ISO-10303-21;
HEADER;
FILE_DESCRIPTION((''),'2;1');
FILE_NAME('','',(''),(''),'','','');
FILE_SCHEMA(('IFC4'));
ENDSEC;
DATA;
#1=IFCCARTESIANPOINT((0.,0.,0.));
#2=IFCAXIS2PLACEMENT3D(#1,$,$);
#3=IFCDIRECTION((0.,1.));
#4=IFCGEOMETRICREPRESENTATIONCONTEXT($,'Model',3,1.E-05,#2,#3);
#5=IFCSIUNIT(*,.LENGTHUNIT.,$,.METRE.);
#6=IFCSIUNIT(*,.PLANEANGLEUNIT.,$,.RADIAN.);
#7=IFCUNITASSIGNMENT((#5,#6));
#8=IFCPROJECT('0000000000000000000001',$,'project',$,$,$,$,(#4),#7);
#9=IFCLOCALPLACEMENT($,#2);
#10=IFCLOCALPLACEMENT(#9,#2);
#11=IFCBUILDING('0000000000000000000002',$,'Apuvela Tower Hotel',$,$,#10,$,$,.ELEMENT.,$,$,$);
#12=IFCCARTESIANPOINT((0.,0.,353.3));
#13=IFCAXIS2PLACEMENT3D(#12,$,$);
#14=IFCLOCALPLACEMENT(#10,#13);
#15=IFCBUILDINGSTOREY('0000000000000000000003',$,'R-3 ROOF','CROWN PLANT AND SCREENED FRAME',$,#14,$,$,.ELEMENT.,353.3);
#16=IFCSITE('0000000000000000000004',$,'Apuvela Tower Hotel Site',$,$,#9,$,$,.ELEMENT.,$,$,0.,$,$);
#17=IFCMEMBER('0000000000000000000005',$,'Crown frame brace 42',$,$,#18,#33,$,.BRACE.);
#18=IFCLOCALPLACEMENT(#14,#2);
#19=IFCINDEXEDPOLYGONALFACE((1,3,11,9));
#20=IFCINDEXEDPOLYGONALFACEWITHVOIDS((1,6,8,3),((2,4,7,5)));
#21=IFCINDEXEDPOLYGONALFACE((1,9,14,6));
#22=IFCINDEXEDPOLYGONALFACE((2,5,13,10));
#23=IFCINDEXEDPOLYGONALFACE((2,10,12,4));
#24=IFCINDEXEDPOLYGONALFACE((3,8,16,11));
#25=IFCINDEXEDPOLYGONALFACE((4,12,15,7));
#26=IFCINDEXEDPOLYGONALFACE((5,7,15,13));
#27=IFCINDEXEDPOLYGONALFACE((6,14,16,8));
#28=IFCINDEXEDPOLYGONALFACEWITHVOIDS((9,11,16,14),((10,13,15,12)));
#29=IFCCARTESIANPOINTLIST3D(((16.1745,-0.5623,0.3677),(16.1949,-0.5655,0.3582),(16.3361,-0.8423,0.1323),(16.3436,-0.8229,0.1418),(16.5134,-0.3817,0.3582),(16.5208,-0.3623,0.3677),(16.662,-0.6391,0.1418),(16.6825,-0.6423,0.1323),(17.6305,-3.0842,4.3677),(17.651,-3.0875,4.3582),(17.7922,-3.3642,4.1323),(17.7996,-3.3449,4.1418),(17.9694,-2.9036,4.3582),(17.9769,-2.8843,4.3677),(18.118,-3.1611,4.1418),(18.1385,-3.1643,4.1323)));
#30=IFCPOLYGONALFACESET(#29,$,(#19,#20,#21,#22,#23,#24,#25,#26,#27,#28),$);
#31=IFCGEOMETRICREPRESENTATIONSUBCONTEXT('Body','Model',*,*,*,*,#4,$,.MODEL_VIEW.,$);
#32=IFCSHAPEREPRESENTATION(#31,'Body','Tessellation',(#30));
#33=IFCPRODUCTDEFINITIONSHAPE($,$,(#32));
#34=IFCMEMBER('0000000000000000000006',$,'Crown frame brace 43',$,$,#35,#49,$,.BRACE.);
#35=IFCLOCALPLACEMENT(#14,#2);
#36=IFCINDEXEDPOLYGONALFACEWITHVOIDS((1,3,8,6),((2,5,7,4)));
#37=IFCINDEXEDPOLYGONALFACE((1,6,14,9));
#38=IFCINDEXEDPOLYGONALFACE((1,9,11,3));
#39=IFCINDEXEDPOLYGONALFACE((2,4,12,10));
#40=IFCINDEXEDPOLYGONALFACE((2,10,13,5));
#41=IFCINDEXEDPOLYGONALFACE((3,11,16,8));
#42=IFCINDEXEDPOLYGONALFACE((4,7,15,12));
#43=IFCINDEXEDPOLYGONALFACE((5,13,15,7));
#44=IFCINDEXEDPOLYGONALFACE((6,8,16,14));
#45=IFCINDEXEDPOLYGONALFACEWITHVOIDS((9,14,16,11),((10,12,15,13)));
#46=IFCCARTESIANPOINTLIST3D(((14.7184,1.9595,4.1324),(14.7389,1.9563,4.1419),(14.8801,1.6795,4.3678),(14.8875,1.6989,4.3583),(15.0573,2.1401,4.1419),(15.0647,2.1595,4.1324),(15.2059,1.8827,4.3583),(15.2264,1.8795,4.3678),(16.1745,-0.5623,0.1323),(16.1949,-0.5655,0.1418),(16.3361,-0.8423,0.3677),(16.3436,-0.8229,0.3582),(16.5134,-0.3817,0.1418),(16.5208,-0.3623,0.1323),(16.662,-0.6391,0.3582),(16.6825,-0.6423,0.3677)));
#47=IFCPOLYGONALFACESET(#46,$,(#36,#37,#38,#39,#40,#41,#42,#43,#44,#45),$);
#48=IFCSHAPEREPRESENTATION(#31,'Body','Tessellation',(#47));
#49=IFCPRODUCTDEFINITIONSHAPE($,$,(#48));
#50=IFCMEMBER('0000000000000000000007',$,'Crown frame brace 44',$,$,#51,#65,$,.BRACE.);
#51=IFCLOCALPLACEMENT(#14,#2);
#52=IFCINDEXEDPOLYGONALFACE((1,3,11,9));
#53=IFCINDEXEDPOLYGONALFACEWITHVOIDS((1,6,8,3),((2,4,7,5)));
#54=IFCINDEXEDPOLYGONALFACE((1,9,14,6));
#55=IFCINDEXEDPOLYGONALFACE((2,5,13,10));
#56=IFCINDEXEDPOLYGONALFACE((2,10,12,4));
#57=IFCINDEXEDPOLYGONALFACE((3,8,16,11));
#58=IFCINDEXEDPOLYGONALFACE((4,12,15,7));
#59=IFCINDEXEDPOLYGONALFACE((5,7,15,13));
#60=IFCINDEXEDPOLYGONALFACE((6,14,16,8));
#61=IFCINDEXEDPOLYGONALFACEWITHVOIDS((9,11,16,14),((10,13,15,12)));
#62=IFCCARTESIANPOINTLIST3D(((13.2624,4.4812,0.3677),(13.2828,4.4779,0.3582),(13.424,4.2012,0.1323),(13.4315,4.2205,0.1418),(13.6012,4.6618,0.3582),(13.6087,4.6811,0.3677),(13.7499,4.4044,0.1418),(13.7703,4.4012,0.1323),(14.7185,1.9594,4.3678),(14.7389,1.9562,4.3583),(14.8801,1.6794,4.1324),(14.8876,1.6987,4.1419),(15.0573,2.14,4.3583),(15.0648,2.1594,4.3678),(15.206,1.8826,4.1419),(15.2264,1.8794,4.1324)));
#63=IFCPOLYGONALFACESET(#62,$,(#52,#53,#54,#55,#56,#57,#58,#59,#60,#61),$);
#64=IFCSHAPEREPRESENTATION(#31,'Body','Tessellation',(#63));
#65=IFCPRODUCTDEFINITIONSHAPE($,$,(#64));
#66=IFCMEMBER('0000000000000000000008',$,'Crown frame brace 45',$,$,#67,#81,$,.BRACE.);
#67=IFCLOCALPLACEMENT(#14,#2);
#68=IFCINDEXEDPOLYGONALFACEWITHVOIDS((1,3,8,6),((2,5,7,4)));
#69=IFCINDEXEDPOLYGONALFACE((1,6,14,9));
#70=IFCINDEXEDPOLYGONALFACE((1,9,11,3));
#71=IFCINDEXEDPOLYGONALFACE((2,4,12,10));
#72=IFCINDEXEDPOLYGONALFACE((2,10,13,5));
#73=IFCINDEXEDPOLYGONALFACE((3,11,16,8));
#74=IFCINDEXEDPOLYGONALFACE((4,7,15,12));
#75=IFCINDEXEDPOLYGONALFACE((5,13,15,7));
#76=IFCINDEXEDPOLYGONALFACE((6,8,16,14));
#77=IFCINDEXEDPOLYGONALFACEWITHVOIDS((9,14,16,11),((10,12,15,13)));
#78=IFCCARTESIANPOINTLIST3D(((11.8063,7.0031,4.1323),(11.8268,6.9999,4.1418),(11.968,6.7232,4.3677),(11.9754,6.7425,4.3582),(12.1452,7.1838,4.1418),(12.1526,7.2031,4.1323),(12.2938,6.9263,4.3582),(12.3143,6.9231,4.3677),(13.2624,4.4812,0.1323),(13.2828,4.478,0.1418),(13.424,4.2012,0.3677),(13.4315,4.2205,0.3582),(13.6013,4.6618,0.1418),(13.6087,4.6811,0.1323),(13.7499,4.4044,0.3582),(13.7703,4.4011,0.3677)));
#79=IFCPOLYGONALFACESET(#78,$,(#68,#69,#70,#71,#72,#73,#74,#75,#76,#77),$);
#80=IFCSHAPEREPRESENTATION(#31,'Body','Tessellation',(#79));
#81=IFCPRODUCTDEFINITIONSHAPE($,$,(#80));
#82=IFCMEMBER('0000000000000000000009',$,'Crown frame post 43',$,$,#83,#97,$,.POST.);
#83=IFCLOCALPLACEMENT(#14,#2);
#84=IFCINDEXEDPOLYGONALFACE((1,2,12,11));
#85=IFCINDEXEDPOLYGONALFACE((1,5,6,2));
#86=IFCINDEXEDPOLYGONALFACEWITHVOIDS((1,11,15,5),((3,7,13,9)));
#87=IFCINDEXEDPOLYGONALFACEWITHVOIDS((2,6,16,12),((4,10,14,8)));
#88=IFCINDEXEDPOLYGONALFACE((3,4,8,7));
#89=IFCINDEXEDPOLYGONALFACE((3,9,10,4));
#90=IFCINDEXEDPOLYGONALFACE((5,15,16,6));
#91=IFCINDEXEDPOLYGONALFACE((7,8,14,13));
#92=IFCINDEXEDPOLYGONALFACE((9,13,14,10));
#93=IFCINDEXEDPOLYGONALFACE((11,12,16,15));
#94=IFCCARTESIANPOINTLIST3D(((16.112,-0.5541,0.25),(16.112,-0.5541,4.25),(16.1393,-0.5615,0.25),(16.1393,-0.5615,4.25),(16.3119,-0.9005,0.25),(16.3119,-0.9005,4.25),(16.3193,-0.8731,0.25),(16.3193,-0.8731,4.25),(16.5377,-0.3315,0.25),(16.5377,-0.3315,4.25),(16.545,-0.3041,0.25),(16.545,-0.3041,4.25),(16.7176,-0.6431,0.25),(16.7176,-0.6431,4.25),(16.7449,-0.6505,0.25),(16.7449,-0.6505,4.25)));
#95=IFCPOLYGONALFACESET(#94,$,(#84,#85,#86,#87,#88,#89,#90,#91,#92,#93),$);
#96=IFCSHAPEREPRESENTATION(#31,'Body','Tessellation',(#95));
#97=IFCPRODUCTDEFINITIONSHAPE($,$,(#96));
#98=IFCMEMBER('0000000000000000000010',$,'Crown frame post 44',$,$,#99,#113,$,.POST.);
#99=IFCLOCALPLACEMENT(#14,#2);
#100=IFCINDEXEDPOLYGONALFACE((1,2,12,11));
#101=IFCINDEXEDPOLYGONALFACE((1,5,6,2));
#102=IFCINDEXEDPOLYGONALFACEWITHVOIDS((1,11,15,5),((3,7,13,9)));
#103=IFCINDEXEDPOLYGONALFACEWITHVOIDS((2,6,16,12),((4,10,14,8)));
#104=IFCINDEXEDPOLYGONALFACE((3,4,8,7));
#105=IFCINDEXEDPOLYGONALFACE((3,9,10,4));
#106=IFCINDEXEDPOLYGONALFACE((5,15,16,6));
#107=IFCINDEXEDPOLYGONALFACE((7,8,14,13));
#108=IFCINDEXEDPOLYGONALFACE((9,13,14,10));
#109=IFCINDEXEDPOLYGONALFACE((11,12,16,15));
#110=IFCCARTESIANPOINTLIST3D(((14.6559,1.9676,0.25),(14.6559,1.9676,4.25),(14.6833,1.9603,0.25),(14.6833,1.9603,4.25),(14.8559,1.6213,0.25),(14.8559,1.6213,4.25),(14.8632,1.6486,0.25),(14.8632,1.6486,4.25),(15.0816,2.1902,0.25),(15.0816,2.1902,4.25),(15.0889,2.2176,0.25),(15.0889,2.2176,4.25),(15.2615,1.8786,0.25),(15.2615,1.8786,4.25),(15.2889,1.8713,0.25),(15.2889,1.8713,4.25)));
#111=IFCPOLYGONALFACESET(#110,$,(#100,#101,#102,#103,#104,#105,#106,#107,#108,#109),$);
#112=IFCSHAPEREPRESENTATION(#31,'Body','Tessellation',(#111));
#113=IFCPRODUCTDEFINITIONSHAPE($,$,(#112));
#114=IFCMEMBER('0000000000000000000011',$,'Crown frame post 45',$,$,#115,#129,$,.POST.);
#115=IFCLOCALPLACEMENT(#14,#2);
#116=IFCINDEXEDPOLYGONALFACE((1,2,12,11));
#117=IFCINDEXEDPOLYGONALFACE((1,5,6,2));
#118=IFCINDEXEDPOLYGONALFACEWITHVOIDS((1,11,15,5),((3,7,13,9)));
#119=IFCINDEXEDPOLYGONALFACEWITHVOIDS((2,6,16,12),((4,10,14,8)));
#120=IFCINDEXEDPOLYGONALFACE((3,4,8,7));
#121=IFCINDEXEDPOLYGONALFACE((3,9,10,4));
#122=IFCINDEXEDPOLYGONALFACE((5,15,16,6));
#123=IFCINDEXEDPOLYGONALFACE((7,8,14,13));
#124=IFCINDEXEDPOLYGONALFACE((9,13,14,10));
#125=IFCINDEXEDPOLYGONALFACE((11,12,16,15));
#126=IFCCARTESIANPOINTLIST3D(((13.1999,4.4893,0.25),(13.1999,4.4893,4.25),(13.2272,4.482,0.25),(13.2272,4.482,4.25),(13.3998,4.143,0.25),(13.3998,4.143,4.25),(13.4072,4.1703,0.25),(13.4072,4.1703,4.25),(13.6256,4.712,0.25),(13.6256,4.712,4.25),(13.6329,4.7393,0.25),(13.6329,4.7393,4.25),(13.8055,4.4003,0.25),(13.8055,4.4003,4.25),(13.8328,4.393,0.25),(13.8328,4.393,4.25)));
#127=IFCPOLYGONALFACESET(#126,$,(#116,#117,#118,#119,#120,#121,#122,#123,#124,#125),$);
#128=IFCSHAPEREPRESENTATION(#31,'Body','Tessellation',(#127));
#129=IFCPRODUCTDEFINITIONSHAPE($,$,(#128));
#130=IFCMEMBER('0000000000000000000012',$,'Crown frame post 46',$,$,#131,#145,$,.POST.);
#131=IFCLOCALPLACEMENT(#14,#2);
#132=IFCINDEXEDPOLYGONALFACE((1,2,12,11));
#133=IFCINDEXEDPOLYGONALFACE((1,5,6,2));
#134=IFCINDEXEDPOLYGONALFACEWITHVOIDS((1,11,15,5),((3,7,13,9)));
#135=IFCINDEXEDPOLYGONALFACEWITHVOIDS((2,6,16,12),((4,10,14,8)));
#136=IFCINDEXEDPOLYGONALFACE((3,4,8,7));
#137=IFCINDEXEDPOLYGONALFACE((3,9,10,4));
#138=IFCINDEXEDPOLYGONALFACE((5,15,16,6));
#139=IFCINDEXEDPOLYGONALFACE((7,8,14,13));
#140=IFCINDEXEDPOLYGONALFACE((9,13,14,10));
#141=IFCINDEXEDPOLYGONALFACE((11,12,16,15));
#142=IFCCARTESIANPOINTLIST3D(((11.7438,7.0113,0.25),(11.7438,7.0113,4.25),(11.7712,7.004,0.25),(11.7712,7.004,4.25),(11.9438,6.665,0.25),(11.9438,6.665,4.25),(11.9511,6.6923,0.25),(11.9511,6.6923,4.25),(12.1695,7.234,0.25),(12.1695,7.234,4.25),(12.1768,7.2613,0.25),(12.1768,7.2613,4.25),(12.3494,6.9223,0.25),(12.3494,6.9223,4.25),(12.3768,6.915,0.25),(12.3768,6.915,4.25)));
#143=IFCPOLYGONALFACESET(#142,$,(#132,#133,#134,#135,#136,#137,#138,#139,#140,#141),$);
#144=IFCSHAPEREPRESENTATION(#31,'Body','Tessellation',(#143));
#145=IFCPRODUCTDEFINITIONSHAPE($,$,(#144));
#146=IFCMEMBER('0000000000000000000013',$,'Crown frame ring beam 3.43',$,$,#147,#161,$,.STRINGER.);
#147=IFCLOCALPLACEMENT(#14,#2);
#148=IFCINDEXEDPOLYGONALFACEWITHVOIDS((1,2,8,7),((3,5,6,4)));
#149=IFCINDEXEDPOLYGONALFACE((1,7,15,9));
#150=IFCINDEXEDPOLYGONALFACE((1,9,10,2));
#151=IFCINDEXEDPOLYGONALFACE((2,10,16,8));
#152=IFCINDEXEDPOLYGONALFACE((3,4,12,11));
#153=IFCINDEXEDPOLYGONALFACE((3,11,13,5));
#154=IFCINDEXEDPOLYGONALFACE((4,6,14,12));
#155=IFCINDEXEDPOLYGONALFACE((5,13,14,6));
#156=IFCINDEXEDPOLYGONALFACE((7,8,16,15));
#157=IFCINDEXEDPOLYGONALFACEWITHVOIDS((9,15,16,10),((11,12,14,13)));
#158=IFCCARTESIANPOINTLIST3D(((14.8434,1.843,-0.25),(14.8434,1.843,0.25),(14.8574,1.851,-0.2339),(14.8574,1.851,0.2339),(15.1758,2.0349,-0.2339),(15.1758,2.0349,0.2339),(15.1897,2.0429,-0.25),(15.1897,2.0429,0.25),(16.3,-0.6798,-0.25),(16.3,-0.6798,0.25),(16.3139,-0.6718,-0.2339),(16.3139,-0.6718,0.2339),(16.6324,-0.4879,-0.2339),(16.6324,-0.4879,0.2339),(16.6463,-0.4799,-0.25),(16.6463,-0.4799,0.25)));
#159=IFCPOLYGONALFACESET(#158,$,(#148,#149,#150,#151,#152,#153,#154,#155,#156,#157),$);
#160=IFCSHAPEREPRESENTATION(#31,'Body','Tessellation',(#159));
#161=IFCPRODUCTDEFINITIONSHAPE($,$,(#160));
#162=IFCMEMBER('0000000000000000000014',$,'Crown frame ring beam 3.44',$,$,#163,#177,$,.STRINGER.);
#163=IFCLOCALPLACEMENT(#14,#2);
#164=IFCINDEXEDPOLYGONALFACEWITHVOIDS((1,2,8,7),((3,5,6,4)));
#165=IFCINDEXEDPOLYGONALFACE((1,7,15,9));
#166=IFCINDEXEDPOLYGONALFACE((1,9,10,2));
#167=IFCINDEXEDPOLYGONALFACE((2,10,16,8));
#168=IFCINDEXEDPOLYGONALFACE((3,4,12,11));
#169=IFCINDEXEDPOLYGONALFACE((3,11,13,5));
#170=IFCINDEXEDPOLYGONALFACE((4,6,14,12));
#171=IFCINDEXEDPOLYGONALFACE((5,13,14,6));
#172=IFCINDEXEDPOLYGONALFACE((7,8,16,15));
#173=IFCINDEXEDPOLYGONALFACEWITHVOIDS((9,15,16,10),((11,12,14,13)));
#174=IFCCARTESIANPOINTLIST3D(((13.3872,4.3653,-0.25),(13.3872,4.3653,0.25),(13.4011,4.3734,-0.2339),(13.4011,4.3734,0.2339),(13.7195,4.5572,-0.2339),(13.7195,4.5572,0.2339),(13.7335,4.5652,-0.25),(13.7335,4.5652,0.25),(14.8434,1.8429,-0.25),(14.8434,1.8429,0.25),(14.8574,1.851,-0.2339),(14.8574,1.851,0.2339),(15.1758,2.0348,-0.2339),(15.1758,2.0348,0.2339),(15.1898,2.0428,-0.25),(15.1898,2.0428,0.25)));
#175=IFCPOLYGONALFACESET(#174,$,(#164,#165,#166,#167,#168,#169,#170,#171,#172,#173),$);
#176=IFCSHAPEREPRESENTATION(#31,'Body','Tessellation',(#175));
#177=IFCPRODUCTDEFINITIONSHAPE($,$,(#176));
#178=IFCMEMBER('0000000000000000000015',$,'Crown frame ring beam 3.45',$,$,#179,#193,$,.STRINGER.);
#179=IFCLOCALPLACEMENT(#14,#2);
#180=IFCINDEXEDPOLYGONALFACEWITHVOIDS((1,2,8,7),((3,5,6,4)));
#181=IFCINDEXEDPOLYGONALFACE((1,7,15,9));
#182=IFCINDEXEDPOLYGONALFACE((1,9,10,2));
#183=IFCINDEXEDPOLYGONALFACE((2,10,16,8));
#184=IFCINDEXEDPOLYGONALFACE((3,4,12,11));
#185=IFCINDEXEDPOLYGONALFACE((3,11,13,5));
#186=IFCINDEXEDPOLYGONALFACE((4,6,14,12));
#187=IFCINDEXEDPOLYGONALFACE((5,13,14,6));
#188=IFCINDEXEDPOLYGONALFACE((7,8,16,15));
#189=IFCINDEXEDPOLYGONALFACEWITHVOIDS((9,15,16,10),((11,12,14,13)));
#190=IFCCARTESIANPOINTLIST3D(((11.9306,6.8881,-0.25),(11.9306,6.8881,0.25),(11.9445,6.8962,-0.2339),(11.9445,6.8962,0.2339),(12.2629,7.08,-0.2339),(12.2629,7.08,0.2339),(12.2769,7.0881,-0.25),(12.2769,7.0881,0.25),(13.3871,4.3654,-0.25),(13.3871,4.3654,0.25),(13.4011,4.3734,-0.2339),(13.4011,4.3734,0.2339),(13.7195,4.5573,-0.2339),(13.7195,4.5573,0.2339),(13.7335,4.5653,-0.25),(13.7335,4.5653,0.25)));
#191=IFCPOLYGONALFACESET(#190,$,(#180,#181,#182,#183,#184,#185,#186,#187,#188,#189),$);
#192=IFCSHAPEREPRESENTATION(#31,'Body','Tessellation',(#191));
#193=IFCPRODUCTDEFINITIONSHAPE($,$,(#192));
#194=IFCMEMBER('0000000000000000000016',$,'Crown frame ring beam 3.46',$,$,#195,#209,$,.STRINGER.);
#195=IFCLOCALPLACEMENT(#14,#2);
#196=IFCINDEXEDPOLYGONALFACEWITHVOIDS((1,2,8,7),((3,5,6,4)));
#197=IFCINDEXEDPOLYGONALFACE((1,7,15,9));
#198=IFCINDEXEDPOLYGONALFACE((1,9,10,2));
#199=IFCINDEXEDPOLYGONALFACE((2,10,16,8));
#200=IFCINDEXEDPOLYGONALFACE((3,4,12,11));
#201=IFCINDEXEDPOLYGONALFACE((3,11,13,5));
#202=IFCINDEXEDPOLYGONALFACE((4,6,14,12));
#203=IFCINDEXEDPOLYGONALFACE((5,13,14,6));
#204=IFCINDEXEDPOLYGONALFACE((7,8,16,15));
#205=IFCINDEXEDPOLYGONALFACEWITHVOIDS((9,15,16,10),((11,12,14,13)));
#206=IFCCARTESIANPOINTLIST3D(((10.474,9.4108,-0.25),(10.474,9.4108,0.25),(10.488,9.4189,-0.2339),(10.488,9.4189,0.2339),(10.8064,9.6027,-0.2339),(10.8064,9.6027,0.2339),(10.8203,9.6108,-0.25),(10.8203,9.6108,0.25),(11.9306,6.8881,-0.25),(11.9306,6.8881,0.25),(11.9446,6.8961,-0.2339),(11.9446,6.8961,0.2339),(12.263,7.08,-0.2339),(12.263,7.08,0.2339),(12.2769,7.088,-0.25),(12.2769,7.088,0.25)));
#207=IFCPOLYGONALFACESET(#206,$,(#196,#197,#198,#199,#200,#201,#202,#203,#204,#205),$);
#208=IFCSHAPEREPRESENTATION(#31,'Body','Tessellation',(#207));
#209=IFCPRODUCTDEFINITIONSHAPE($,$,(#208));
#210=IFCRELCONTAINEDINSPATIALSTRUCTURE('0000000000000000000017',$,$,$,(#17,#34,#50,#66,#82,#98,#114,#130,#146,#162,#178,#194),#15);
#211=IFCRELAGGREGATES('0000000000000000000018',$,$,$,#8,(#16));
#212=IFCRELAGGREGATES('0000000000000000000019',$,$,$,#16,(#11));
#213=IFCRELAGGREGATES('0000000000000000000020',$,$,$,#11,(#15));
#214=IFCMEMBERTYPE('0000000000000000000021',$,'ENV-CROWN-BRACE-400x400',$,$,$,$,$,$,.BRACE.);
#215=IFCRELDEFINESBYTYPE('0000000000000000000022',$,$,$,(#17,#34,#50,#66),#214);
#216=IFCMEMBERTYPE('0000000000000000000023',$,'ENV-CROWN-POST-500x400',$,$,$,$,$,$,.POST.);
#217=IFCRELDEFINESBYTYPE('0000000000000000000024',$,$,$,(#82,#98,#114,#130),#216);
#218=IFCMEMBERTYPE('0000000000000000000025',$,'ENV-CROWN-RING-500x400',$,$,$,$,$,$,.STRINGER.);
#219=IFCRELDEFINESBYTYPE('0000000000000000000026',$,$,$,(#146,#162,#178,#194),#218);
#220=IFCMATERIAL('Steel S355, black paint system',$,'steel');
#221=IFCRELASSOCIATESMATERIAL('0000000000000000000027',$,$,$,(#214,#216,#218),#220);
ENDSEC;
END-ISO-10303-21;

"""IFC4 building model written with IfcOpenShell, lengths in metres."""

from ifc_helpers import new_model, si_unit, direction, frame, origin, origin_2d, place, context, subcontext, project, spatial, hollow_rectangle, extrude, material, material_profile, profile_set, type_object, element, save


model = new_model("IFC4")

# Units and contexts
model_context = context("Model", 3, precision=1e-05, world=origin(), true_north=direction((0.0, 1.0)))
body_context = subcontext(model_context, "Body", "Model", "MODEL_VIEW")
ifc_project = project(units=[si_unit("LENGTHUNIT", "METRE"), si_unit("PLANEANGLEUNIT", "RADIAN")], contexts=[model_context])

# Site, building, storey
site_placement = place(None, origin())
site = spatial("IfcSite", under=ifc_project, at=site_placement, Name="Apuvela Tower Hotel Site", CompositionType="ELEMENT", RefElevation=0.0)
building_placement = place(site_placement, origin())
building = spatial("IfcBuilding", under=site, at=building_placement, Name="Apuvela Tower Hotel", CompositionType="ELEMENT")
storey_placement = place(building_placement, frame((0.0, 0.0, 353.3)))
storey = spatial("IfcBuildingStorey", under=building, at=storey_placement, Name="R-3 ROOF", Description="CROWN PLANT AND SCREENED FRAME", CompositionType="ELEMENT", Elevation=353.3)

# Members
ifc_material_1 = material(Name="Steel S355, black paint system", Category="steel")
ifc_material_profile_1 = material_profile(ifc_material_1, hollow_rectangle(XDim=0.3999, YDim=0.3999, WallThickness=0.0161, at=origin_2d()), Name="HSS 400x400x16")
ifc_profile_set_1 = profile_set([ifc_material_profile_1], Name="Steel S355, black paint system")
member_type_1 = type_object("IfcMemberType", Name="ENV-CROWN-BRACE-400x400", PredefinedType="BRACE", material=ifc_profile_set_1)
for number, where, z_axis, x_axis, name in (
    (1, (16.4285, -0.6023, 0.25), (0.294285, -0.509719, 0.808445), (0.866026, 0.499998, 0.0), "Crown frame brace 42"),
    (2, (16.4285, -0.6023, 0.25), (-0.294292, 0.509682, 0.808465), (-0.866005, -0.500035, 0.0), "Crown frame brace 43"),
    (3, (13.5164, 4.4412, 0.25), (0.294292, -0.509682, 0.808465), (0.866005, 0.500035, 0.0), "Crown frame brace 44"),
    (4, (13.5164, 4.4412, 0.25), (-0.294285, 0.509719, 0.808445), (-0.866026, -0.499998, 0.0), "Crown frame brace 45"),
):
    element("IfcMember", number, at=place(storey_placement, frame(where, z_axis=z_axis, x_axis=x_axis)), inside=storey, type_object=member_type_1, Name=name, PredefinedType="BRACE", context=body_context, shape_type="SweptSolid", body=[
        extrude(hollow_rectangle(XDim=0.3999, YDim=0.3999, WallThickness=0.0161, at=origin_2d()), origin(), (0.0, 0.0, 1.0), 4.9478),
    ])
ifc_material_profile_2 = material_profile(ifc_material_1, hollow_rectangle(XDim=0.3999, YDim=0.5, WallThickness=0.02, at=origin_2d()), Name="HSS 500x400x20")
ifc_profile_set_2 = profile_set([ifc_material_profile_2], Name="Steel S355, black paint system")
member_type_2 = type_object("IfcMemberType", Name="ENV-CROWN-POST-500x400", PredefinedType="POST", material=ifc_profile_set_2)
for number, where, z_axis, x_axis, name in (
    (5, (16.4285, -0.6023, 0.25), (0.0, 0.0, 1.0), (-0.5, 0.866025, 0.0), "Crown frame post 43"),
    (6, (14.9724, 1.9194, 0.25), (0.0, 0.0, 1.0), (-0.5, 0.866025, 0.0), "Crown frame post 44"),
    (7, (13.5164, 4.4412, 0.25), (0.0, 0.0, 1.0), (-0.5, 0.866025, 0.0), "Crown frame post 45"),
    (8, (12.0603, 6.9631, 0.25), (0.0, 0.0, 1.0), (-0.5, 0.866025, 0.0), "Crown frame post 46"),
):
    element("IfcMember", number, at=place(storey_placement, frame(where, z_axis=z_axis, x_axis=x_axis)), inside=storey, type_object=member_type_2, Name=name, PredefinedType="POST", context=body_context, shape_type="SweptSolid", body=[
        extrude(hollow_rectangle(XDim=0.3999, YDim=0.5, WallThickness=0.02, at=origin_2d()), origin(), (0.0, 0.0, 1.0), 4.0),
    ])
ifc_material_profile_3 = material_profile(ifc_material_1, hollow_rectangle(XDim=0.3999, YDim=0.5, WallThickness=0.0161, at=origin_2d()), Name="HSS 500x400x16")
ifc_profile_set_3 = profile_set([ifc_material_profile_3], Name="Steel S355, black paint system")
member_type_3 = type_object("IfcMemberType", Name="ENV-CROWN-RING-500x400", PredefinedType="STRINGER", material=ifc_profile_set_3)
member_1_placement = place(storey_placement, frame((16.4731, -0.5798, 0.0), z_axis=(-0.500015, 0.866017, 0.0), x_axis=(-0.866017, -0.500015, 0.0)))
element("IfcMember", 9, at=member_1_placement, inside=storey, type_object=member_type_3, Name="Crown frame ring beam 3.43", PredefinedType="STRINGER", context=body_context, shape_type="SweptSolid", body=[
    extrude(hollow_rectangle(XDim=0.3999, YDim=0.5, WallThickness=0.0161, at=origin_2d()), origin(), (0.0, 0.0, 1.0), 2.9131),
])
member_2_placement = place(storey_placement, frame((15.0166, 1.9429, 0.0), z_axis=(-0.499988, 0.866032, 0.0), x_axis=(-0.866032, -0.499988, 0.0)))
element("IfcMember", 10, at=member_2_placement, inside=storey, type_object=member_type_3, Name="Crown frame ring beam 3.44", PredefinedType="STRINGER", context=body_context, shape_type="SweptSolid", body=[
    extrude(hollow_rectangle(XDim=0.3999, YDim=0.5, WallThickness=0.0161, at=origin_2d()), origin(), (0.0, 0.0, 1.0), 2.9126),
])
for number, where, z_axis, x_axis, name in (
    (11, (13.5603, 4.4653, 0.0), (-0.500015, 0.866017, 0.0), (-0.866017, -0.500015, 0.0), "Crown frame ring beam 3.45"),
    (12, (12.1038, 6.988, 0.0), (-0.500015, 0.866017, 0.0), (-0.866017, -0.500015, 0.0), "Crown frame ring beam 3.46"),
):
    element("IfcMember", number, at=place(storey_placement, frame(where, z_axis=z_axis, x_axis=x_axis)), inside=storey, type_object=member_type_3, Name=name, PredefinedType="STRINGER", context=body_context, shape_type="SweptSolid", body=[
        extrude(hollow_rectangle(XDim=0.3999, YDim=0.5, WallThickness=0.0161, at=origin_2d()), origin(), (0.0, 0.0, 1.0), 2.9131),
    ])

save(model, "model.ifc")
